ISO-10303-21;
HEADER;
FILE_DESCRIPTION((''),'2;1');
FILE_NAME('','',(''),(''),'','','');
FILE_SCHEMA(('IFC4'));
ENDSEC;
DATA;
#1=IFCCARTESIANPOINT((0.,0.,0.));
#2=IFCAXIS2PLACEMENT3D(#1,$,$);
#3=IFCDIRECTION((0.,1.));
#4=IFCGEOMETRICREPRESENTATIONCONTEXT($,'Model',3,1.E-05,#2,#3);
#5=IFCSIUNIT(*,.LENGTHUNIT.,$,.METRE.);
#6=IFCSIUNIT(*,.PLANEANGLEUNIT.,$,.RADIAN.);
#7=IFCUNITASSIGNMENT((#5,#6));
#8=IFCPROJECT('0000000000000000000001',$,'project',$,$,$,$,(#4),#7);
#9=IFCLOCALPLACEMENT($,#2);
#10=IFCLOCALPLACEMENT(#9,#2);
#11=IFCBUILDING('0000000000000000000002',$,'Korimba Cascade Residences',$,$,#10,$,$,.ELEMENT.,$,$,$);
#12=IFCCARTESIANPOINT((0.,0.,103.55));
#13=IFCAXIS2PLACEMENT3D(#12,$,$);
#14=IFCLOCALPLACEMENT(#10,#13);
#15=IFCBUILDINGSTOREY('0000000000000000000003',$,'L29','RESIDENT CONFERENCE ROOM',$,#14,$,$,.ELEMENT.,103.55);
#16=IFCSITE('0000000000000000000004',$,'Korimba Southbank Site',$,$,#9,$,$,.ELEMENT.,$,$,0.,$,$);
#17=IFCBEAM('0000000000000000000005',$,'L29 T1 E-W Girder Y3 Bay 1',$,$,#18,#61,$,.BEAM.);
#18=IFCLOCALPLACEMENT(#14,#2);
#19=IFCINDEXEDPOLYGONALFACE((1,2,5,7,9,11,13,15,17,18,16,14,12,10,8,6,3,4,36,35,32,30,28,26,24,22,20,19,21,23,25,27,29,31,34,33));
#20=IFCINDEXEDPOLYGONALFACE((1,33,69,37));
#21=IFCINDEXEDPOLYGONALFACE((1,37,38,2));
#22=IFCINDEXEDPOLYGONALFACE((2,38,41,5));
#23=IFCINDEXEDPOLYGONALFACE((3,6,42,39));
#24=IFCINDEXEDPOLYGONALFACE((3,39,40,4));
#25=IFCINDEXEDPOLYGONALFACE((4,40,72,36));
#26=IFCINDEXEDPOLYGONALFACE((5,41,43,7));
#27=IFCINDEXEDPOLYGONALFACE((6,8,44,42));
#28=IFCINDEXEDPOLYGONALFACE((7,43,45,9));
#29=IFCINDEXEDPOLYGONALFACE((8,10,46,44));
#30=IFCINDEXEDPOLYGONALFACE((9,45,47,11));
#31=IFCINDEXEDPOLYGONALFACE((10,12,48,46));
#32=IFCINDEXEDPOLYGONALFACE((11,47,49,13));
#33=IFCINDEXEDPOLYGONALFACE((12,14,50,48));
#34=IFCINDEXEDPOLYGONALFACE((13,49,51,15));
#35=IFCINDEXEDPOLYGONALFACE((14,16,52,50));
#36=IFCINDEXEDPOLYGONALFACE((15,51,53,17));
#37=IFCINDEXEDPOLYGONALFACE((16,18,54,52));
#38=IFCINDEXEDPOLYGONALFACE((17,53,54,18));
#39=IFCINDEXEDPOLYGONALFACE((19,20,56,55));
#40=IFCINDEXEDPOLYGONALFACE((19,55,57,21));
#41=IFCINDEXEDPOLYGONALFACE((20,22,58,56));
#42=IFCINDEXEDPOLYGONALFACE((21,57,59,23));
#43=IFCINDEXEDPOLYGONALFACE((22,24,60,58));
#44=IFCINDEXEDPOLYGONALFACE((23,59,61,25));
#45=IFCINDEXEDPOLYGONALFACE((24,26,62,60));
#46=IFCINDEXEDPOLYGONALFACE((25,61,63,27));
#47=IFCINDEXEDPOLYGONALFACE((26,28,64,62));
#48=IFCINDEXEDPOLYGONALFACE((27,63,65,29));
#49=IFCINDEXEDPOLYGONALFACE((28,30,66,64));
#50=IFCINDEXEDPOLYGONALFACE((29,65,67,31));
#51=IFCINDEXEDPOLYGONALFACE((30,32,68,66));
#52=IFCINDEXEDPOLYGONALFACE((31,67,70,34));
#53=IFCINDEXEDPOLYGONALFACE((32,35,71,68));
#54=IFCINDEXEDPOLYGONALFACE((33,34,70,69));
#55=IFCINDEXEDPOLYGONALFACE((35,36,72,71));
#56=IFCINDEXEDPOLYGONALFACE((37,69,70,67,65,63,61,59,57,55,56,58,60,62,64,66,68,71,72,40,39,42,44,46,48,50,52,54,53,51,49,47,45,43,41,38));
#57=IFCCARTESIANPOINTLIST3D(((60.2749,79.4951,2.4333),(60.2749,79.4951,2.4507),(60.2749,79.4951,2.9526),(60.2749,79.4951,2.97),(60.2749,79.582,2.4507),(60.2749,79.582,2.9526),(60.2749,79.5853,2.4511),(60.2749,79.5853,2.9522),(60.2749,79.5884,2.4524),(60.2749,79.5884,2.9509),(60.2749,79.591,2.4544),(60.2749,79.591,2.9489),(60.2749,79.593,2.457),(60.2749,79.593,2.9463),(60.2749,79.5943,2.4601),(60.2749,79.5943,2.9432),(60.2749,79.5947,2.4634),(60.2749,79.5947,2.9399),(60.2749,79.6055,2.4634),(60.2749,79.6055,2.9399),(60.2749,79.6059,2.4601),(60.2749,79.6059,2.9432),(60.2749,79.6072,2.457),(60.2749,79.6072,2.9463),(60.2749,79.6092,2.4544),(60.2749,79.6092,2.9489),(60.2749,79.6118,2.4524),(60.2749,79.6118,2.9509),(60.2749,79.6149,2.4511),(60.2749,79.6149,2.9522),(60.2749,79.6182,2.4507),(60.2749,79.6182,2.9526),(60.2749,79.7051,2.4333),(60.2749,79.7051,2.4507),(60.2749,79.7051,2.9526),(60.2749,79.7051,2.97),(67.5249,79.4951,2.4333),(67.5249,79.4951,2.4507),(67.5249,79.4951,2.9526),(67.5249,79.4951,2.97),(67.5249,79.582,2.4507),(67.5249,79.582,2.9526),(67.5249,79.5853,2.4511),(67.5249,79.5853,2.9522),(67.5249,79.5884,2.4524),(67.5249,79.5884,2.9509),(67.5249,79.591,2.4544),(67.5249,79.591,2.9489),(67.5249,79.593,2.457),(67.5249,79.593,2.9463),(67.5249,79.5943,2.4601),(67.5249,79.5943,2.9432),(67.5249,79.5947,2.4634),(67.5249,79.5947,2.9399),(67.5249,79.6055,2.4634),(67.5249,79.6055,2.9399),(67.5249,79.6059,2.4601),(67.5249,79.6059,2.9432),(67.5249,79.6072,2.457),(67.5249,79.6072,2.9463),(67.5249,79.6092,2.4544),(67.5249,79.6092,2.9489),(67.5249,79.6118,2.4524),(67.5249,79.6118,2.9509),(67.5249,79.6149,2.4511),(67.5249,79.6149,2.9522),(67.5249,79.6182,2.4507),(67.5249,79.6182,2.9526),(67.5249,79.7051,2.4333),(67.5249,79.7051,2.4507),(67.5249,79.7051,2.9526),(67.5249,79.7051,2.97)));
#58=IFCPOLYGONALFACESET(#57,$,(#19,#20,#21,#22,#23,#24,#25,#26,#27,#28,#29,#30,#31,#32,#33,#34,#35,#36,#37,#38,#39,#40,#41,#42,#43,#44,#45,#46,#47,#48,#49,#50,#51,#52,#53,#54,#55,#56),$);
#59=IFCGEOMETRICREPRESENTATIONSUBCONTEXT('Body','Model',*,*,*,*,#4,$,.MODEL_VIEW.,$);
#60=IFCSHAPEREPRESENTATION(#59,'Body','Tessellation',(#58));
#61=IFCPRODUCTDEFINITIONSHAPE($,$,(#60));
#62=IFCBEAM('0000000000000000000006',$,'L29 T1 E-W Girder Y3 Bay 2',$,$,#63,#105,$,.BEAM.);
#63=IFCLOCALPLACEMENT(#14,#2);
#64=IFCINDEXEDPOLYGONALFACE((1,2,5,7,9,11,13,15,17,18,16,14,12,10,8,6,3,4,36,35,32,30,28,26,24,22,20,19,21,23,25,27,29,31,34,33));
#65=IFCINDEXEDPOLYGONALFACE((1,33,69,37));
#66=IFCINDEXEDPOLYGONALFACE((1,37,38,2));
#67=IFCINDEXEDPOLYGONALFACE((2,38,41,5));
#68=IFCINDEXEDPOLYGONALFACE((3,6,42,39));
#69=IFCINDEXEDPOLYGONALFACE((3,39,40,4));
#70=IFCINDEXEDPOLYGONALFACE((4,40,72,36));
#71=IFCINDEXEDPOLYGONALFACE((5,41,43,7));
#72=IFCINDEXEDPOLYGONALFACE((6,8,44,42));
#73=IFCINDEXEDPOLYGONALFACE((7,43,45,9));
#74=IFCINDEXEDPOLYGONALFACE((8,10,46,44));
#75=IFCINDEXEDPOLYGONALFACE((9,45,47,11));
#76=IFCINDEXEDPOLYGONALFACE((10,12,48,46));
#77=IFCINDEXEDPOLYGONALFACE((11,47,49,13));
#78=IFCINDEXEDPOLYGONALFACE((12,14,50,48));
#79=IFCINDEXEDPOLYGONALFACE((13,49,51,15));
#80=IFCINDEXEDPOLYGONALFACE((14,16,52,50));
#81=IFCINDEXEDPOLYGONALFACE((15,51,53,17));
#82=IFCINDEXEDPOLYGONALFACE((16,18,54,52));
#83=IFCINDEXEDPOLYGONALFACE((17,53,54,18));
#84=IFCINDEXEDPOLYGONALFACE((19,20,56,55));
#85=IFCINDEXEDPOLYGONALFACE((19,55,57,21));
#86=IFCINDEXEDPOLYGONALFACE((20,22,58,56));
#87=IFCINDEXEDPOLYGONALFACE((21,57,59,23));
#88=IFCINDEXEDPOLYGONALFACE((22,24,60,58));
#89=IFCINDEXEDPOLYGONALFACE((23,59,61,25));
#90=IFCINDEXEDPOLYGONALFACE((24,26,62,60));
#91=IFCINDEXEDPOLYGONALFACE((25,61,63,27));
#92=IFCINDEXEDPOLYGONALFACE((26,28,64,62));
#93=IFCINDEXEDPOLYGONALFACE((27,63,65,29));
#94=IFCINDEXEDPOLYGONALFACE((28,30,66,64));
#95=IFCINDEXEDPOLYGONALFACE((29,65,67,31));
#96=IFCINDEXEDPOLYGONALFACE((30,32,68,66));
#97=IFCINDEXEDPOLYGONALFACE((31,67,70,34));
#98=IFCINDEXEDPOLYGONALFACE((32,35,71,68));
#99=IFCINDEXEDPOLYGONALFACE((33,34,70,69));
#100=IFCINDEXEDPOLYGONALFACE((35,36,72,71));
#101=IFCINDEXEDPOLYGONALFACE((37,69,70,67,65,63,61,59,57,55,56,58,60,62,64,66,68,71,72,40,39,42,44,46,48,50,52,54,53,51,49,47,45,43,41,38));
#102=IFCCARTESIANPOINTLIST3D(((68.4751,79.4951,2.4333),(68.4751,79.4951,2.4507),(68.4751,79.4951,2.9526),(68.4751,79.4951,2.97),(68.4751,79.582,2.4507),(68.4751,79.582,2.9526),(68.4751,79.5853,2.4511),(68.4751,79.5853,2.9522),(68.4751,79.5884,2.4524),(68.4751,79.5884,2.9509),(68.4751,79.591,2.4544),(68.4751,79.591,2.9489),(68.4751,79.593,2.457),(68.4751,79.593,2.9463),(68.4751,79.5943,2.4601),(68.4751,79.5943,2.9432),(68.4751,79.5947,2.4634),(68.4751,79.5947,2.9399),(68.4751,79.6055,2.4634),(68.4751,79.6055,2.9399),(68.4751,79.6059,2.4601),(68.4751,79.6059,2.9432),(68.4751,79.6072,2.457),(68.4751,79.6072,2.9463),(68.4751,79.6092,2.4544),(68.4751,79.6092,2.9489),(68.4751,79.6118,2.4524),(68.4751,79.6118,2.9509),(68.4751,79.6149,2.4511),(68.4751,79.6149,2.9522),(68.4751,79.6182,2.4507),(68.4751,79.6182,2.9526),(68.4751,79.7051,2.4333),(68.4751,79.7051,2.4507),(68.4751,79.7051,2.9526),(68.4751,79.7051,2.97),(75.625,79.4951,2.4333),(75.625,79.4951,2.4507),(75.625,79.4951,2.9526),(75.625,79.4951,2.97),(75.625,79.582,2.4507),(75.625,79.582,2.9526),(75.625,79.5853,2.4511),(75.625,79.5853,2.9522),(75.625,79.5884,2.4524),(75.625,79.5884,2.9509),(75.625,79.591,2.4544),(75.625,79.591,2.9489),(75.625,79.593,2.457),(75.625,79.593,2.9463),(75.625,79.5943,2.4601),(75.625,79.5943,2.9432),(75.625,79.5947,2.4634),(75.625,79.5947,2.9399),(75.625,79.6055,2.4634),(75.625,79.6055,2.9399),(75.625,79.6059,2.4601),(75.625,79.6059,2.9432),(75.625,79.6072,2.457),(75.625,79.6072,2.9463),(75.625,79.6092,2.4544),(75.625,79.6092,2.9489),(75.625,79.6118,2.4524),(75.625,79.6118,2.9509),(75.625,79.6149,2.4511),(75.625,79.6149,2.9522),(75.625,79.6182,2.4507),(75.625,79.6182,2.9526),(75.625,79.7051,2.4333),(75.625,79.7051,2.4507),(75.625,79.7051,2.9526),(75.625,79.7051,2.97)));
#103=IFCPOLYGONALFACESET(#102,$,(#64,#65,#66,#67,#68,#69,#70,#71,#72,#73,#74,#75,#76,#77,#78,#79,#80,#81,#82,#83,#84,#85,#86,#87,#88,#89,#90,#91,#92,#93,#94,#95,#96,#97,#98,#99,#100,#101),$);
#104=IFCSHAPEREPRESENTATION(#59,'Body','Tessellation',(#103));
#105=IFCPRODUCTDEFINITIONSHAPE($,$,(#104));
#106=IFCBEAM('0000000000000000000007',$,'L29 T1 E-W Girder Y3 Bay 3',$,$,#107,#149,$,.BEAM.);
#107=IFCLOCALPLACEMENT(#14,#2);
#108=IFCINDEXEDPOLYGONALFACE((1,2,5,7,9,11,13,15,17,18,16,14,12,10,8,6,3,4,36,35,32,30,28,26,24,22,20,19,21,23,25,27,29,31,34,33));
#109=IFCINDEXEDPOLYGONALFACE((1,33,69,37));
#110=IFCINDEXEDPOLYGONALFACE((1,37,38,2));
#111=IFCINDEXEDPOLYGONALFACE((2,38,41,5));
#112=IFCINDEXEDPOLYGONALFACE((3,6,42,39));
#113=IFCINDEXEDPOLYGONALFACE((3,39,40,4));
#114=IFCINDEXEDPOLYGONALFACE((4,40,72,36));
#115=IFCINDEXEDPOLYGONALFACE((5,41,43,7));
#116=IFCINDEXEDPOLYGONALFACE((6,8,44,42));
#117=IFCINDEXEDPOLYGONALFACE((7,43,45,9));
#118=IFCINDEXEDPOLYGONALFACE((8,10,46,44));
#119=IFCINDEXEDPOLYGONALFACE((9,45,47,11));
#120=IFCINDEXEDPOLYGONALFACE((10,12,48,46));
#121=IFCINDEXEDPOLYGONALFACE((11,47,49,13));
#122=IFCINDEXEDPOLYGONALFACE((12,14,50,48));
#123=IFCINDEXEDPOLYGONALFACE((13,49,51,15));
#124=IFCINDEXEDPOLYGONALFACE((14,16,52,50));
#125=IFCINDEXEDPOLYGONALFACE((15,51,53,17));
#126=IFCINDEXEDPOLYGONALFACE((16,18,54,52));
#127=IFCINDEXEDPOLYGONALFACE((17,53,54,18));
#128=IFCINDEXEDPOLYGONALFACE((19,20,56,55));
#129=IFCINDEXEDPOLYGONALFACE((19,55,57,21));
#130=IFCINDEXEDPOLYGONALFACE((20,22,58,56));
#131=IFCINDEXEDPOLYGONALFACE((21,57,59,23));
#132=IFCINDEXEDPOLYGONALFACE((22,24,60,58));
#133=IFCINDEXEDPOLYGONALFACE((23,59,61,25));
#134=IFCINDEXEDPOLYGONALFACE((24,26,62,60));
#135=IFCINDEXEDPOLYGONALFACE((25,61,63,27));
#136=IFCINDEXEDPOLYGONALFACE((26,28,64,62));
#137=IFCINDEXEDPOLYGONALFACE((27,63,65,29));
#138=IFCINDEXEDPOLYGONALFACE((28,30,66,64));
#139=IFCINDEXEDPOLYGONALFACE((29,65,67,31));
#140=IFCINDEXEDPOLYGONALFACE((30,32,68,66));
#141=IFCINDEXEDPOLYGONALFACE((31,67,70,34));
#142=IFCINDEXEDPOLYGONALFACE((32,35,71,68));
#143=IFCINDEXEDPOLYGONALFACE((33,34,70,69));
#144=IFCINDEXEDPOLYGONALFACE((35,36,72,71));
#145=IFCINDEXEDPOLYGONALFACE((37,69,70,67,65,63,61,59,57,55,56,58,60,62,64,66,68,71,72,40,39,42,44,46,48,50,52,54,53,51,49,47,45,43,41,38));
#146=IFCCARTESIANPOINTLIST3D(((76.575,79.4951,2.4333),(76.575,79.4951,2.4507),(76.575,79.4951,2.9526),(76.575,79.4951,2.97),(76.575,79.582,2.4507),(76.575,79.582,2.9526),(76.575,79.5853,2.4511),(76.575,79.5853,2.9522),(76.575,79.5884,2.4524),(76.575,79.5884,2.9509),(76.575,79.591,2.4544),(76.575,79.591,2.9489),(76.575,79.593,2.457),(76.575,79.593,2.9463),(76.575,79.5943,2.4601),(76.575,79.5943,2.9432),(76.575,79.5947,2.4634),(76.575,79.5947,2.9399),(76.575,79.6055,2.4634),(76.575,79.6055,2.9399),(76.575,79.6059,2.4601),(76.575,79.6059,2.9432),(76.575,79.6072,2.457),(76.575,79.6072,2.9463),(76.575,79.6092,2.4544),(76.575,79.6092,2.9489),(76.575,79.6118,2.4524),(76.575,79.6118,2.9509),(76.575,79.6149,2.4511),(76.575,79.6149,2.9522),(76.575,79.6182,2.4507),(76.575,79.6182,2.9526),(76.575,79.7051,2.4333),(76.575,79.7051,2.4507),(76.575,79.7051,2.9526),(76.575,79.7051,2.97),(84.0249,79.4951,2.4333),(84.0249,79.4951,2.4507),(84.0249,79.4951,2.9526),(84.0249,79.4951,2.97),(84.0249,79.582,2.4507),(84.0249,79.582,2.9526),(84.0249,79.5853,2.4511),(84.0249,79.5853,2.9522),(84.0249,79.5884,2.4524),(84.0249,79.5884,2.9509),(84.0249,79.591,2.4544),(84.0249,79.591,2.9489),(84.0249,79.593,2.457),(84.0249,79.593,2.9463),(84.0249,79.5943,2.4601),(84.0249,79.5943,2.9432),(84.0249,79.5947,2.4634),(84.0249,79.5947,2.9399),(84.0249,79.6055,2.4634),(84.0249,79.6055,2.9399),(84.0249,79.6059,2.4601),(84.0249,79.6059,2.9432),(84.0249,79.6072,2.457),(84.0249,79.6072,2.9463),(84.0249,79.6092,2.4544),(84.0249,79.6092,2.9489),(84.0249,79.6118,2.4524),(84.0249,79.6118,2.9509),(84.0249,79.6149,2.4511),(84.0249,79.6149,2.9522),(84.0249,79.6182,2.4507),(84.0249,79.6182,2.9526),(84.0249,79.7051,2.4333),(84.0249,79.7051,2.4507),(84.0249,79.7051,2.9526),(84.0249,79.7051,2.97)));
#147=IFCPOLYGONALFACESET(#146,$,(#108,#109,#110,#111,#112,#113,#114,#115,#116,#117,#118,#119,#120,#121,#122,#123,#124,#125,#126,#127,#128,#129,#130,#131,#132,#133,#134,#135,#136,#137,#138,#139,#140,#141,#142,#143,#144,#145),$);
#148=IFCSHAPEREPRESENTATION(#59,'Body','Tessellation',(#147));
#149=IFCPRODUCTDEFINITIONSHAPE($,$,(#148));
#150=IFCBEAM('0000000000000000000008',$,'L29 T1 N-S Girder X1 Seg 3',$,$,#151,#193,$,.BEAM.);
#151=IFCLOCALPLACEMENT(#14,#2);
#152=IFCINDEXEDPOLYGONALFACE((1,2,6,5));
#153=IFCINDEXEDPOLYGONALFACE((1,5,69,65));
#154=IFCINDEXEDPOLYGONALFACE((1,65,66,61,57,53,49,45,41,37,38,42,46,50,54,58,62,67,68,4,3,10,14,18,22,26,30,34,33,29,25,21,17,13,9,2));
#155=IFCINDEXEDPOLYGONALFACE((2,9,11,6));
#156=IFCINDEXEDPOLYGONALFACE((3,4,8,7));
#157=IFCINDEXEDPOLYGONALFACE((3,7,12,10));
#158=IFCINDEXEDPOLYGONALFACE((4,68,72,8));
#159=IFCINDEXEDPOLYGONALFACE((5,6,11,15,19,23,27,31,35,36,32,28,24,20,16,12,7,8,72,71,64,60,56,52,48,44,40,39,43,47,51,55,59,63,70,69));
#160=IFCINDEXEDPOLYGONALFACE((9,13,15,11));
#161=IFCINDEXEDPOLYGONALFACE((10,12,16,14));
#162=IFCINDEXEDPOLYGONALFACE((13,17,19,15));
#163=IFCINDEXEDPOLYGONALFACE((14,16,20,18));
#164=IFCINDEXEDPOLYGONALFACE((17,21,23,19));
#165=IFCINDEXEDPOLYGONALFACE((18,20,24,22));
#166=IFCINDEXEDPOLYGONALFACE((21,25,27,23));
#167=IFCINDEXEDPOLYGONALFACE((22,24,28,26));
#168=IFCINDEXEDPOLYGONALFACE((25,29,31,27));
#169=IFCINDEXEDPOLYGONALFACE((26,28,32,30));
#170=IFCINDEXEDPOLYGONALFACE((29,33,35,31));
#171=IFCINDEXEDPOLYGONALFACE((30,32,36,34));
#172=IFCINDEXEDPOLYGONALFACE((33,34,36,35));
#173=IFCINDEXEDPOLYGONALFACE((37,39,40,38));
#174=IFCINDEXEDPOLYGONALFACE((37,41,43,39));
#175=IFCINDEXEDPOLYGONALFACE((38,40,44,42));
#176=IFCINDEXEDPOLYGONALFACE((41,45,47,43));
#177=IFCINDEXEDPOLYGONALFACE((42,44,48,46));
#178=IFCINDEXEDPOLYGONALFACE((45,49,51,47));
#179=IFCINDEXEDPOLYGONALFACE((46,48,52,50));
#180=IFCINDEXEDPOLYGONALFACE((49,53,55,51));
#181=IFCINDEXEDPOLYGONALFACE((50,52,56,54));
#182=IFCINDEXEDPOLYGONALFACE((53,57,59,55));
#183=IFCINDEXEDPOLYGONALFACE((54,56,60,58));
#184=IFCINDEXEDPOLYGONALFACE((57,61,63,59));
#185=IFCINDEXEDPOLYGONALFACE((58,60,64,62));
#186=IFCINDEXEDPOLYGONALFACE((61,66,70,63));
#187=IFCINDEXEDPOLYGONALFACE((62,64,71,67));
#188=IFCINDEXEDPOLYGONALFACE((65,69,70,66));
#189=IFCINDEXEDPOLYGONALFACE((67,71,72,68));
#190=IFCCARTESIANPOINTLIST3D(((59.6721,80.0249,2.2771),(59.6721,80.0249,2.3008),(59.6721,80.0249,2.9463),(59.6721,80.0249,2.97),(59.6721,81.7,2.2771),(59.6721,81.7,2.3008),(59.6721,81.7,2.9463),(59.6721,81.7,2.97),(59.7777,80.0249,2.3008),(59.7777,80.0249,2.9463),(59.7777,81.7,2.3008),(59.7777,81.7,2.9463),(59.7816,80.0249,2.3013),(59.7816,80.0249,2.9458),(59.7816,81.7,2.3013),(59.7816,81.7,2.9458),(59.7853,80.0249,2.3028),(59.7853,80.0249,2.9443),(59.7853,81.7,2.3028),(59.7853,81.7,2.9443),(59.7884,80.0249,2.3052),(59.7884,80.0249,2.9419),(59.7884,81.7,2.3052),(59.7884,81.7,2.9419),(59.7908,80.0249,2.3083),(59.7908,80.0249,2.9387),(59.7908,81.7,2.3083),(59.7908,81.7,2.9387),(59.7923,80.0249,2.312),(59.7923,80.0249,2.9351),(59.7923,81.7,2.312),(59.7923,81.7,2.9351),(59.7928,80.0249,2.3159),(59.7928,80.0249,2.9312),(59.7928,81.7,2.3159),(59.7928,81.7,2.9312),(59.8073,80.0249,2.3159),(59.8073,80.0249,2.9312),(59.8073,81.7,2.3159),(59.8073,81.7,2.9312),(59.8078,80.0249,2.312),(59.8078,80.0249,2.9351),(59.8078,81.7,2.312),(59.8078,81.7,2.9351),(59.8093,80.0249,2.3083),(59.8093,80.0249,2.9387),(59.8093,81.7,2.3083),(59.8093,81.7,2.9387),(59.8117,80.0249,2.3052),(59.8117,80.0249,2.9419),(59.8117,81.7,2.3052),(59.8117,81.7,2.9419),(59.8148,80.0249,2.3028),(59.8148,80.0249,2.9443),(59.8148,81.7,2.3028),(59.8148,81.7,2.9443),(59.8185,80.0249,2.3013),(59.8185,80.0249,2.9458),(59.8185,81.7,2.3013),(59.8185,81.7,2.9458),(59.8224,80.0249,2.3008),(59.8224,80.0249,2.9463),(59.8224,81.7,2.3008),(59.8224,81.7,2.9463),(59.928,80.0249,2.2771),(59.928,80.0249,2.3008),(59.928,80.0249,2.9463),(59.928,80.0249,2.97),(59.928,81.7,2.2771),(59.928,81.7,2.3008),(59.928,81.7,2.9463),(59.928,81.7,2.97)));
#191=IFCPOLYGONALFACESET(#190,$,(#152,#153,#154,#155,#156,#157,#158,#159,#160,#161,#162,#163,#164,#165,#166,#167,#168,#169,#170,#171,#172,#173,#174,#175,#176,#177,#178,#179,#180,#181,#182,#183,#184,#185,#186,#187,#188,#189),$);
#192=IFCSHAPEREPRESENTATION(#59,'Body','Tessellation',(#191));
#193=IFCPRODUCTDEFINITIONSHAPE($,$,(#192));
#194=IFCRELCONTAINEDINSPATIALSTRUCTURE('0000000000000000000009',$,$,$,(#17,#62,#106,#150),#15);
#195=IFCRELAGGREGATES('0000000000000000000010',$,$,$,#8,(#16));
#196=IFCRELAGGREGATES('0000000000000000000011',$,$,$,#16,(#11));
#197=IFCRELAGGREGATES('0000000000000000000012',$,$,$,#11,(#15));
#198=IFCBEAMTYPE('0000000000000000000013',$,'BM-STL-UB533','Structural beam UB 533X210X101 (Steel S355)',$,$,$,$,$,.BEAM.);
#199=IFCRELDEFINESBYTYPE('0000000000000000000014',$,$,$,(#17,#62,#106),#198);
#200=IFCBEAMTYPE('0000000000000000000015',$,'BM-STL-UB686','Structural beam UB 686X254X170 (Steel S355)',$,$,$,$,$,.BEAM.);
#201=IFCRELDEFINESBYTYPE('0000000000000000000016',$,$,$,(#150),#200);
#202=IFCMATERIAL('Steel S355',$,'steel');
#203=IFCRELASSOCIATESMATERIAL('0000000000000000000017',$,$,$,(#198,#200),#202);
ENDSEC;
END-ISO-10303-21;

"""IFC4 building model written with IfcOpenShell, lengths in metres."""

from ifc_helpers import new_model, si_unit, direction, frame, origin, origin_2d, place, context, subcontext, project, spatial, i_section, extrude, material, material_profile, profile_set, type_object, element, save


model = new_model("IFC4")

# Units and contexts
model_context = context("Model", 3, precision=1e-05, world=origin(), true_north=direction((0.0, 1.0)))
body_context = subcontext(model_context, "Body", "Model", "MODEL_VIEW")
ifc_project = project(units=[si_unit("LENGTHUNIT", "METRE"), si_unit("PLANEANGLEUNIT", "RADIAN")], contexts=[model_context])

# Site, building, storey
site_placement = place(None, origin())
site = spatial("IfcSite", under=ifc_project, at=site_placement, Name="Korimba Southbank Site", CompositionType="ELEMENT", RefElevation=0.0)
building_placement = place(site_placement, origin())
building = spatial("IfcBuilding", under=site, at=building_placement, Name="Korimba Cascade Residences", CompositionType="ELEMENT")
storey_placement = place(building_placement, frame((0.0, 0.0, 103.55)))
storey = spatial("IfcBuildingStorey", under=building, at=storey_placement, Name="L29", Description="RESIDENT CONFERENCE ROOM", CompositionType="ELEMENT", Elevation=103.55)

# Beams
ifc_material_1 = material(Name="Steel S355", Category="steel")
ifc_material_profile_1 = material_profile(ifc_material_1, i_section(OverallWidth=0.21, OverallDepth=0.5366, WebThickness=0.0107, FlangeThickness=0.0173, FilletRadius=0.0127, at=origin_2d()), Name="Steel S355")
ifc_profile_set_1 = profile_set([ifc_material_profile_1], Name="Steel S355")
beam_type_1 = type_object("IfcBeamType", Name="BM-STL-UB533", Description="Structural beam UB 533X210X101 (Steel S355)", PredefinedType="BEAM", material=ifc_profile_set_1)
beam_1_placement = place(storey_placement, frame((60.2749, 79.6001, 2.7017), z_axis=(1.0, 0.0, 0.0), x_axis=(0.0, 1.0, 0.0)))
element("IfcBeam", 1, at=beam_1_placement, inside=storey, type_object=beam_type_1, Name="L29 T1 E-W Girder Y3 Bay 1", PredefinedType="BEAM", context=body_context, shape_type="SweptSolid", body=[
    extrude(i_section(OverallWidth=0.21, OverallDepth=0.5366, WebThickness=0.0107, FlangeThickness=0.0173, FilletRadius=0.0127, at=origin_2d()), origin(), (0.0, 0.0, 1.0), 7.25),
])
beam_2_placement = place(storey_placement, frame((68.4751, 79.6001, 2.7017), z_axis=(1.0, 0.0, 0.0), x_axis=(0.0, 1.0, 0.0)))
element("IfcBeam", 2, at=beam_2_placement, inside=storey, type_object=beam_type_1, Name="L29 T1 E-W Girder Y3 Bay 2", PredefinedType="BEAM", context=body_context, shape_type="SweptSolid", body=[
    extrude(i_section(OverallWidth=0.21, OverallDepth=0.5366, WebThickness=0.0107, FlangeThickness=0.0173, FilletRadius=0.0127, at=origin_2d()), origin(), (0.0, 0.0, 1.0), 7.1499),
])
beam_3_placement = place(storey_placement, frame((76.575, 79.6001, 2.7017), z_axis=(1.0, 0.0, 0.0), x_axis=(0.0, 1.0, 0.0)))
element("IfcBeam", 3, at=beam_3_placement, inside=storey, type_object=beam_type_1, Name="L29 T1 E-W Girder Y3 Bay 3", PredefinedType="BEAM", context=body_context, shape_type="SweptSolid", body=[
    extrude(i_section(OverallWidth=0.21, OverallDepth=0.5366, WebThickness=0.0107, FlangeThickness=0.0173, FilletRadius=0.0127, at=origin_2d()), origin(), (0.0, 0.0, 1.0), 7.45),
])
ifc_material_profile_2 = material_profile(ifc_material_1, i_section(OverallWidth=0.2559, OverallDepth=0.6929, WebThickness=0.0144, FlangeThickness=0.0237, FilletRadius=0.0151, at=origin_2d()), Name="Steel S355")
ifc_profile_set_2 = profile_set([ifc_material_profile_2], Name="Steel S355")
beam_type_2 = type_object("IfcBeamType", Name="BM-STL-UB686", Description="Structural beam UB 686X254X170 (Steel S355)", PredefinedType="BEAM", material=ifc_profile_set_2)
beam_4_placement = place(storey_placement, frame((59.8, 80.0249, 2.6235), z_axis=(0.0, 1.0, 0.0), x_axis=(-1.0, 0.0, 0.0)))
element("IfcBeam", 4, at=beam_4_placement, inside=storey, type_object=beam_type_2, Name="L29 T1 N-S Girder X1 Seg 3", PredefinedType="BEAM", context=body_context, shape_type="SweptSolid", body=[
    extrude(i_section(OverallWidth=0.2559, OverallDepth=0.6929, WebThickness=0.0144, FlangeThickness=0.0237, FilletRadius=0.0151, at=origin_2d()), origin(), (0.0, 0.0, 1.0), 1.675),
])

save(model, "model.ifc")
